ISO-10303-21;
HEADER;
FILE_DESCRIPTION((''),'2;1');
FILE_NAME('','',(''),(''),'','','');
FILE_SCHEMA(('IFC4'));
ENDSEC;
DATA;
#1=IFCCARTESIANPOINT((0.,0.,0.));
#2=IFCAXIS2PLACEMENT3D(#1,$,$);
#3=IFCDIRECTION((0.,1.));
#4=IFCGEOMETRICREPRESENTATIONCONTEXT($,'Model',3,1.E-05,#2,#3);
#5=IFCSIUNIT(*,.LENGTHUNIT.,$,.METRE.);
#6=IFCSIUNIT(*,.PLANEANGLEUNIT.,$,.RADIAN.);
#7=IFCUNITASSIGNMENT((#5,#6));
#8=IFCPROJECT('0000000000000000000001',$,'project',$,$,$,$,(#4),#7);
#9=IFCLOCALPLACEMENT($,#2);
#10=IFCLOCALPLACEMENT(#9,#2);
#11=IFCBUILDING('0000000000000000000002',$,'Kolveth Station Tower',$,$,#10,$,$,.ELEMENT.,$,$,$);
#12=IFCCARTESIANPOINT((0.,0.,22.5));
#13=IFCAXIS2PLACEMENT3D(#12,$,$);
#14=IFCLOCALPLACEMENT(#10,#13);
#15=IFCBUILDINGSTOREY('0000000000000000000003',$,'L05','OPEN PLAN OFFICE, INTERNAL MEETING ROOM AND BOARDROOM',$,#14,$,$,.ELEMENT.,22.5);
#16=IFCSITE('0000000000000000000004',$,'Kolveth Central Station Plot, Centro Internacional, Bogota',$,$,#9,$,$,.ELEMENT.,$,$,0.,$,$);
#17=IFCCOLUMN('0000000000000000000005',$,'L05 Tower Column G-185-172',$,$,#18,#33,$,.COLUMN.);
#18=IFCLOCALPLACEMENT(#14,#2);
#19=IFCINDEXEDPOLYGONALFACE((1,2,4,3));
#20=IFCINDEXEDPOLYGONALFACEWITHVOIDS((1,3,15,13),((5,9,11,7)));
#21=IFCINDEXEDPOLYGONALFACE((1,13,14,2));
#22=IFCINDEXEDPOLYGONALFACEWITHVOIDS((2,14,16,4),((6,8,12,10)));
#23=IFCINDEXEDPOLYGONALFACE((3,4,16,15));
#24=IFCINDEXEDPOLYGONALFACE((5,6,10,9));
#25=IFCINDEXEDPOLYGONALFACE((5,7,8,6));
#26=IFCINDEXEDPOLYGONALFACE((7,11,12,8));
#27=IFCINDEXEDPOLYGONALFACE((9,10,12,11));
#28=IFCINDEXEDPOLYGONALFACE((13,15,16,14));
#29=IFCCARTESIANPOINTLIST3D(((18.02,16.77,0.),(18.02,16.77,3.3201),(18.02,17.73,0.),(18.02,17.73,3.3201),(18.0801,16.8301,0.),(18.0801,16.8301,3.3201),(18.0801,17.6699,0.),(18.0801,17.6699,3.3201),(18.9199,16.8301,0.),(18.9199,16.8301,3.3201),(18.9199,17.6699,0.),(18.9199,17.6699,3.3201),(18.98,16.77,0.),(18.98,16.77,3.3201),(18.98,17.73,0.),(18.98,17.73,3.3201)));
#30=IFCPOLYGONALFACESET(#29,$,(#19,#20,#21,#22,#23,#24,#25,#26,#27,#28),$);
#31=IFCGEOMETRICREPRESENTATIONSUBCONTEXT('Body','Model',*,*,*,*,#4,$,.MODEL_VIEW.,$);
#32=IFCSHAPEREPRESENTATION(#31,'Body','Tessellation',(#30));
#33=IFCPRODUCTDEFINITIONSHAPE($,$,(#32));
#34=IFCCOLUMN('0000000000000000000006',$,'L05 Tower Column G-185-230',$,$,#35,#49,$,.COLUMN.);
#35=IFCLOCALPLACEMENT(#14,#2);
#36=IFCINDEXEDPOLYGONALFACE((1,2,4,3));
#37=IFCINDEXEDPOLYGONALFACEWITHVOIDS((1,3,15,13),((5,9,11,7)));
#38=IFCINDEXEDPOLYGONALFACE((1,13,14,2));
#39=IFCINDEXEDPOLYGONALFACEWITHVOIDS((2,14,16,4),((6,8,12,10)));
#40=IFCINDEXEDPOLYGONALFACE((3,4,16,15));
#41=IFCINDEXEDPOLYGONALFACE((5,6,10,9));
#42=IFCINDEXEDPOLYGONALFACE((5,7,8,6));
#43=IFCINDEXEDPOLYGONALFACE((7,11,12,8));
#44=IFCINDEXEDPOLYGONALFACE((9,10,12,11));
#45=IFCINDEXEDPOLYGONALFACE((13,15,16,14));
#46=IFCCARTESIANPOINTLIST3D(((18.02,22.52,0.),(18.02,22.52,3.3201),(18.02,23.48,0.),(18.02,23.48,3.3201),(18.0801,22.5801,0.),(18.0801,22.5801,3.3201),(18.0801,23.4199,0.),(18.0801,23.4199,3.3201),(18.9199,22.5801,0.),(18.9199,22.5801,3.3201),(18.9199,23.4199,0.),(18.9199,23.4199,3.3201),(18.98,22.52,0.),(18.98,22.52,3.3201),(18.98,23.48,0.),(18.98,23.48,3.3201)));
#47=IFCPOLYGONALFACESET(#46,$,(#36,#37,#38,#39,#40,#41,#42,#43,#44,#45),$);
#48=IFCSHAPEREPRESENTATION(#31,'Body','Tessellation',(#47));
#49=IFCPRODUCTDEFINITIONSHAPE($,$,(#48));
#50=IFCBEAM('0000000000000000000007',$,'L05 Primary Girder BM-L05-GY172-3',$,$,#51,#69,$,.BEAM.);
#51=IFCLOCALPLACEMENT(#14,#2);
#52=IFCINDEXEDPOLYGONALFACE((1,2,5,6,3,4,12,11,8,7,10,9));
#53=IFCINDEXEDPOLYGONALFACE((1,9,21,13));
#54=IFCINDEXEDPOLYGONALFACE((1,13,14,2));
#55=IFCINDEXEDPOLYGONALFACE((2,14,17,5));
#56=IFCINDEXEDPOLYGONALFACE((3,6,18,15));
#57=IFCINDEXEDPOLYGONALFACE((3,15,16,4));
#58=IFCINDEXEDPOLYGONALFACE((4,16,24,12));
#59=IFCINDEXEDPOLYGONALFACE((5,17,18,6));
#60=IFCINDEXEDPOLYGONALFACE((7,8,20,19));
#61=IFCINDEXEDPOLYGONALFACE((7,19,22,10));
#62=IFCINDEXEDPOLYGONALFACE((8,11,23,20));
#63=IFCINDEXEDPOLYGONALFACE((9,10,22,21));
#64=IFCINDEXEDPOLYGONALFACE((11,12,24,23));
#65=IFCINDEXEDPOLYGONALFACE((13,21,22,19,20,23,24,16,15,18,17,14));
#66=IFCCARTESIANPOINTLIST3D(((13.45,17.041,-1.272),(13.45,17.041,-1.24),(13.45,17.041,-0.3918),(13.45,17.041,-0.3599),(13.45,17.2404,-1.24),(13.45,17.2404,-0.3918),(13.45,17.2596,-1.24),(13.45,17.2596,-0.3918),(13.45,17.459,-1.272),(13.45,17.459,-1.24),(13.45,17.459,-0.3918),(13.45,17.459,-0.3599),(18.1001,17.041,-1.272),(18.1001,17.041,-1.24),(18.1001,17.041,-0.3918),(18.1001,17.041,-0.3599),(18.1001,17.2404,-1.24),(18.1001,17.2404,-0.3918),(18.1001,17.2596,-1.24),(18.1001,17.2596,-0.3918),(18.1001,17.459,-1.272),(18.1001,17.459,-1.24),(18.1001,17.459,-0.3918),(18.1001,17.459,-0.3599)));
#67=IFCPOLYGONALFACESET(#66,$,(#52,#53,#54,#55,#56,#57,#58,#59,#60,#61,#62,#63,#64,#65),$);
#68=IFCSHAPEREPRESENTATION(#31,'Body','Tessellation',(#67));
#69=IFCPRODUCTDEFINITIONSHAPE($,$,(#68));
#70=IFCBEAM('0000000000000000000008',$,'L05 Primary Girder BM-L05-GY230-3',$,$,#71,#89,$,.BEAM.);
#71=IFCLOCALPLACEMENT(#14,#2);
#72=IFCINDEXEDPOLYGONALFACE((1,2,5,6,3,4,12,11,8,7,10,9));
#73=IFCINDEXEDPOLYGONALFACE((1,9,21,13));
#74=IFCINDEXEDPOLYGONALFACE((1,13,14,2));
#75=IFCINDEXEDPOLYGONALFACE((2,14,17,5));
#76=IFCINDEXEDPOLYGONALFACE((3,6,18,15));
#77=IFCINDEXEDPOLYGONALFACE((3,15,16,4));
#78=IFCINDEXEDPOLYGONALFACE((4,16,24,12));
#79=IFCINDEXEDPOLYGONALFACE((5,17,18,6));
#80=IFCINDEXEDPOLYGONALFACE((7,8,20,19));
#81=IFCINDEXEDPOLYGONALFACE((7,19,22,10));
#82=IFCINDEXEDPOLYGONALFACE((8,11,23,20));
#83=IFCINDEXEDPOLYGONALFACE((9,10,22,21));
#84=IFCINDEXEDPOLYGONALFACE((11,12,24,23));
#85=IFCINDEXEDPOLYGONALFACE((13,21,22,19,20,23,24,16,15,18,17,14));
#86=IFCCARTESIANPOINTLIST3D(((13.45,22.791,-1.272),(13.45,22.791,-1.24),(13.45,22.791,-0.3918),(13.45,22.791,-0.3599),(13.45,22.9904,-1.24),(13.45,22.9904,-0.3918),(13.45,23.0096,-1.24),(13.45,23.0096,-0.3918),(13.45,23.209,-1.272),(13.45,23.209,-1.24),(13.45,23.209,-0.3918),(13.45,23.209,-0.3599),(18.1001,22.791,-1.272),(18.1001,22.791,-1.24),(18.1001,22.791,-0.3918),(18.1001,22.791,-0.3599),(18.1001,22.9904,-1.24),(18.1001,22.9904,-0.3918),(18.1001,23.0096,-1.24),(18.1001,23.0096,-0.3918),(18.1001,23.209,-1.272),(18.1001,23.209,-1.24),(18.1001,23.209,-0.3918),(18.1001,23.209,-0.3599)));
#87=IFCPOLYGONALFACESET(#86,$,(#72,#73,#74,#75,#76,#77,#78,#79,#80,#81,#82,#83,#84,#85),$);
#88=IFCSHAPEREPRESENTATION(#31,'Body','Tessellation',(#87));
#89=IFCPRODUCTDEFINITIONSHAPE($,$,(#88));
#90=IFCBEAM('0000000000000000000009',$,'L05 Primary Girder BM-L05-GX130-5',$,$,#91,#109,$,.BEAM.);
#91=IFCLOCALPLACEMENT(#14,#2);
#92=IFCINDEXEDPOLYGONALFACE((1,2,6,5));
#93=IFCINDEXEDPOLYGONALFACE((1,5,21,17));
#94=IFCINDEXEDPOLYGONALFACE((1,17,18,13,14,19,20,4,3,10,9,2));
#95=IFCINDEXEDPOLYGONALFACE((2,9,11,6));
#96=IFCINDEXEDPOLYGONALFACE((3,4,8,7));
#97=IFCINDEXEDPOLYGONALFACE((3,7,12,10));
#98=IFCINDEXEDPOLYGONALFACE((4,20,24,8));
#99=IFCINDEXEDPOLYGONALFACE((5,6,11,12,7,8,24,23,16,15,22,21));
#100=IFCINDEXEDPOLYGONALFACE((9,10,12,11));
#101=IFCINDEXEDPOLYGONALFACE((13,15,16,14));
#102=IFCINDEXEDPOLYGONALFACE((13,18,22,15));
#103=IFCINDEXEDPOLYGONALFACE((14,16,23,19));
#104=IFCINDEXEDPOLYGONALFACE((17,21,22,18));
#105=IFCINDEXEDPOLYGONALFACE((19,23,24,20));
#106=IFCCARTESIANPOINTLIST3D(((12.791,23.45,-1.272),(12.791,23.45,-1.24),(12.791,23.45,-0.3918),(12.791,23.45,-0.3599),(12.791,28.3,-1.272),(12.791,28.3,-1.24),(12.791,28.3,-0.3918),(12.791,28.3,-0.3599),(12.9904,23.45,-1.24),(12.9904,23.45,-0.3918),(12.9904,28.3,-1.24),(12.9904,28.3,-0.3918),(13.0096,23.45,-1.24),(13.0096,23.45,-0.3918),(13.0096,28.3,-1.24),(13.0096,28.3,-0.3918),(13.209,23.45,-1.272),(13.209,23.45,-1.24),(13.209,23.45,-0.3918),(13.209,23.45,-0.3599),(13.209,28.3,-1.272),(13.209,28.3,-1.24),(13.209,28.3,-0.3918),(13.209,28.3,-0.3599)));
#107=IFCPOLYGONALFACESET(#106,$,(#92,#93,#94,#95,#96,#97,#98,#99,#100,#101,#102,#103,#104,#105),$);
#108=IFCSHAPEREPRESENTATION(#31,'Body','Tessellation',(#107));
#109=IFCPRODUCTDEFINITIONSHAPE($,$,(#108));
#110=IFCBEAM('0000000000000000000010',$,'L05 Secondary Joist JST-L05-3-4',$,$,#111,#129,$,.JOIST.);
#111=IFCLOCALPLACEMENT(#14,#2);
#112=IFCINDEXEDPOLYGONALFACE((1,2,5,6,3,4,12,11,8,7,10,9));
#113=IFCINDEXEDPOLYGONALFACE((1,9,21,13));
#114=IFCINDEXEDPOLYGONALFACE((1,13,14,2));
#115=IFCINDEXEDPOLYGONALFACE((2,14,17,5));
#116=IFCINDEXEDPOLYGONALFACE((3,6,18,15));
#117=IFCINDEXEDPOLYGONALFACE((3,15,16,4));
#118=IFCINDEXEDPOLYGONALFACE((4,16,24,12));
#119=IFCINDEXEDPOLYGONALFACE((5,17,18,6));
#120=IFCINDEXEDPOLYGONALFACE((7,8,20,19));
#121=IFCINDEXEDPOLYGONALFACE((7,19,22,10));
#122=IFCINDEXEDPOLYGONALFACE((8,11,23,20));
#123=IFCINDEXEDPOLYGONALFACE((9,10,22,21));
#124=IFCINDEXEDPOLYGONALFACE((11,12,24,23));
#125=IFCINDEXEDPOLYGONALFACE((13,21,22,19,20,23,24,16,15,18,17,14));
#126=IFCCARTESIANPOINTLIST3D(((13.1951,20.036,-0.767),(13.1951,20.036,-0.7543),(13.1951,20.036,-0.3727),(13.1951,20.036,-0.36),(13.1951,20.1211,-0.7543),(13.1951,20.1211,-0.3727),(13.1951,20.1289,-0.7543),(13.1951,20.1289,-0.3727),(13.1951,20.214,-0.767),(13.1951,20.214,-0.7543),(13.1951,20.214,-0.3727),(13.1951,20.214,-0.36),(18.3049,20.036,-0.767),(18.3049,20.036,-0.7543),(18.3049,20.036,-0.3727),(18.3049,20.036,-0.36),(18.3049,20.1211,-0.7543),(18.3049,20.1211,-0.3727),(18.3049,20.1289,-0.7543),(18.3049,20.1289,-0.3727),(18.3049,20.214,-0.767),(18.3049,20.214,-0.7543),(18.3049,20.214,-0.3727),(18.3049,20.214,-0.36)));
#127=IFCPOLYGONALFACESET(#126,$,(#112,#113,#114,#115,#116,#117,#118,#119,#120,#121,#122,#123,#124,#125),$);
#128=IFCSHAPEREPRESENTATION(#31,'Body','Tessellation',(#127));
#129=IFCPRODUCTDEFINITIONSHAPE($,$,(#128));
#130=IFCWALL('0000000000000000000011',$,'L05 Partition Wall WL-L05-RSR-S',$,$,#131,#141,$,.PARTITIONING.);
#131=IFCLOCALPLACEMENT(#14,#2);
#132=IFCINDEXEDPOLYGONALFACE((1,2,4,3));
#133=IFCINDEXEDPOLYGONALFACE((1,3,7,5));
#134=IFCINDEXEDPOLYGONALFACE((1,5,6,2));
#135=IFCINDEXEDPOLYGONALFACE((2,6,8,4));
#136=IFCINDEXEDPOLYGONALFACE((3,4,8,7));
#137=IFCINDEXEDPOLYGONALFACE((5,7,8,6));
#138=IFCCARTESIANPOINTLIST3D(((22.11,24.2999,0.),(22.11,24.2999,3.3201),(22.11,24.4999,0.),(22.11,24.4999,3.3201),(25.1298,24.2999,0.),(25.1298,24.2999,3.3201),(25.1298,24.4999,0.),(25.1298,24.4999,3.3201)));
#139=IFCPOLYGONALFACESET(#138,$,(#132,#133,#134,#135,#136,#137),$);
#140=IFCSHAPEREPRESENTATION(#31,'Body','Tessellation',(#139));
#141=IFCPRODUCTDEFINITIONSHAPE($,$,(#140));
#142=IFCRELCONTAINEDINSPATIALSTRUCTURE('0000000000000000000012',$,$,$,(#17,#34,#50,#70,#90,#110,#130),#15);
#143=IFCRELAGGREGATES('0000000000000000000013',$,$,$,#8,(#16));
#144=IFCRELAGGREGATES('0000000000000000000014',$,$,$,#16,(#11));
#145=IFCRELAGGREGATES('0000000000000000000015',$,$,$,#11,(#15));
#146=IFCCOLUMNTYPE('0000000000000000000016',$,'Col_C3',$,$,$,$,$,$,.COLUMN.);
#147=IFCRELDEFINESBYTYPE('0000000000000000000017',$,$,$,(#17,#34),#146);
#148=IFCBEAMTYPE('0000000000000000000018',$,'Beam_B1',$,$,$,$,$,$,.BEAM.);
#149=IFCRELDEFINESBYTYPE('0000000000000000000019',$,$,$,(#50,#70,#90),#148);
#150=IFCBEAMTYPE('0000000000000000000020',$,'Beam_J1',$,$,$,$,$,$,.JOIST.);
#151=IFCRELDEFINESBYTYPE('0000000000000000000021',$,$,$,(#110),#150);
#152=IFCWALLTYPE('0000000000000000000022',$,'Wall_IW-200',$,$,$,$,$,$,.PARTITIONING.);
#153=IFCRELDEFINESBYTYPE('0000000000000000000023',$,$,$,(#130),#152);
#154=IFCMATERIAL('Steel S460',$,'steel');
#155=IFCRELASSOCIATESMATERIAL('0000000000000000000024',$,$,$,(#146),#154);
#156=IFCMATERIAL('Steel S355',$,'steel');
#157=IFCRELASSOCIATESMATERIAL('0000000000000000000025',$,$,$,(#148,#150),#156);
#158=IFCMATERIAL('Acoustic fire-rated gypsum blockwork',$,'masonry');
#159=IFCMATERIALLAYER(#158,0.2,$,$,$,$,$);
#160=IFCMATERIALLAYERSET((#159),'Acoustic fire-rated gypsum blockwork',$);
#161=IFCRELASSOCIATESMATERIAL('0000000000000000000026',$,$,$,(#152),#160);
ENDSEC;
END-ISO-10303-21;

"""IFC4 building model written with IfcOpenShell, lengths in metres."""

from ifc_helpers import new_model, si_unit, direction, frame, frame_2d, origin, origin_2d, place, context, subcontext, project, spatial, rectangle, hollow_rectangle, i_section, extrude, source, transform, mapped, material, layer, layer_set, material_profile, profile_set, type_object, element, save


model = new_model("IFC4")

# Units and contexts
model_context = context("Model", 3, precision=1e-05, world=origin(), true_north=direction((0.0, 1.0)))
body_context = subcontext(model_context, "Body", "Model", "MODEL_VIEW")
ifc_project = project(units=[si_unit("LENGTHUNIT", "METRE"), si_unit("PLANEANGLEUNIT", "RADIAN")], contexts=[model_context])

# Site, building, storey
site_placement = place(None, origin())
site = spatial("IfcSite", under=ifc_project, at=site_placement, Name="Kolveth Central Station Plot, Centro Internacional, Bogota", CompositionType="ELEMENT", RefElevation=0.0)
building_placement = place(site_placement, origin())
building = spatial("IfcBuilding", under=site, at=building_placement, Name="Kolveth Station Tower", CompositionType="ELEMENT")
storey_placement = place(building_placement, frame((0.0, 0.0, 22.5)))
storey = spatial("IfcBuildingStorey", under=building, at=storey_placement, Name="L05", Description="OPEN PLAN OFFICE, INTERNAL MEETING ROOM AND BOARDROOM", CompositionType="ELEMENT", Elevation=22.5)

# Columns
ifc_material_1 = material(Name="Steel S460", Category="steel")
ifc_material_profile_1 = material_profile(ifc_material_1, hollow_rectangle(XDim=0.96, YDim=0.96, WallThickness=0.0601, at=origin_2d()), Name="BOX960x960x60")
ifc_profile_set_1 = profile_set([ifc_material_profile_1], Name="Steel S460")
column_type = type_object("IfcColumnType", Name="Col_C3", PredefinedType="COLUMN", material=ifc_profile_set_1)
shared_shape_1 = source(origin(), body_context, "Body", "SweptSolid", [
    extrude(hollow_rectangle(XDim=0.96, YDim=0.96, WallThickness=0.0601, at=origin_2d()), origin(), (0.0, 0.0, 1.0), 3.3201),
])
for number, where, z_axis, x_axis, name in (
    (1, (18.5, 17.25, 0.0), (0.0, 0.0, 1.0), (1.0, 0.0, 0.0), "L05 Tower Column G-185-172"),
    (2, (18.5, 23.0, 0.0), (0.0, 0.0, 1.0), (1.0, 0.0, 0.0), "L05 Tower Column G-185-230"),
):
    element("IfcColumn", number, at=place(storey_placement, frame(where, z_axis=z_axis, x_axis=x_axis)), inside=storey, type_object=column_type, Name=name, PredefinedType="COLUMN", context=body_context, shape_type="MappedRepresentation", body=[
        mapped(shared_shape_1, transform((0.0, 0.0, 0.0), x_axis=(1.0, 0.0, 0.0), y_axis=(0.0, 1.0, 0.0), z_axis=(0.0, 0.0, 1.0), scale=1.0)),
    ])

# Beams
ifc_material_2 = material(Name="Steel S355", Category="steel")
ifc_material_profile_2 = material_profile(ifc_material_2, i_section(OverallWidth=0.418, OverallDepth=0.9121, WebThickness=0.0193, FlangeThickness=0.032, at=origin_2d()), Name="W920x342")
ifc_profile_set_2 = profile_set([ifc_material_profile_2], Name="Steel S355")
beam_type_1 = type_object("IfcBeamType", Name="Beam_B1", PredefinedType="BEAM", material=ifc_profile_set_2)
shared_shape_2 = source(origin(), body_context, "Body", "SweptSolid", [
    extrude(i_section(OverallWidth=0.418, OverallDepth=0.9121, WebThickness=0.0193, FlangeThickness=0.032, at=origin_2d()), origin(), (0.0, 0.0, 1.0), 4.6501),
])
for number, where, z_axis, x_axis, name in (
    (3, (13.45, 17.25, -0.8159), (1.0, 0.0, 0.0), (0.0, 1.0, 0.0), "L05 Primary Girder BM-L05-GY172-3"),
    (4, (13.45, 23.0, -0.8159), (1.0, 0.0, 0.0), (0.0, 1.0, 0.0), "L05 Primary Girder BM-L05-GY230-3"),
):
    element("IfcBeam", number, at=place(storey_placement, frame(where, z_axis=z_axis, x_axis=x_axis)), inside=storey, type_object=beam_type_1, Name=name, PredefinedType="BEAM", context=body_context, shape_type="MappedRepresentation", body=[
        mapped(shared_shape_2, transform((0.0, 0.0, 0.0), x_axis=(1.0, 0.0, 0.0), y_axis=(0.0, 1.0, 0.0), z_axis=(0.0, 0.0, 1.0), scale=1.0)),
    ])
shared_shape_3 = source(origin(), body_context, "Body", "SweptSolid", [
    extrude(i_section(OverallWidth=0.418, OverallDepth=0.9121, WebThickness=0.0193, FlangeThickness=0.032, at=origin_2d()), origin(), (0.0, 0.0, 1.0), 4.8501),
])
beam_1_placement = place(storey_placement, frame((13.0, 23.45, -0.8159), z_axis=(0.0, 1.0, 0.0), x_axis=(-1.0, 0.0, 0.0)))
element("IfcBeam", 5, at=beam_1_placement, inside=storey, type_object=beam_type_1, Name="L05 Primary Girder BM-L05-GX130-5", PredefinedType="BEAM", context=body_context, shape_type="MappedRepresentation", body=[
    mapped(shared_shape_3, transform((0.0, 0.0, 0.0), x_axis=(1.0, 0.0, 0.0), y_axis=(0.0, 1.0, 0.0), z_axis=(0.0, 0.0, 1.0), scale=1.0)),
])
ifc_material_profile_3 = material_profile(ifc_material_2, i_section(OverallWidth=0.178, OverallDepth=0.407, WebThickness=0.0078, FlangeThickness=0.0127, at=origin_2d()), Name="W410x60")
ifc_profile_set_3 = profile_set([ifc_material_profile_3], Name="Steel S355")
beam_type_2 = type_object("IfcBeamType", Name="Beam_J1", PredefinedType="JOIST", material=ifc_profile_set_3)
shared_shape_4 = source(origin(), body_context, "Body", "SweptSolid", [
    extrude(i_section(OverallWidth=0.178, OverallDepth=0.407, WebThickness=0.0078, FlangeThickness=0.0127, at=origin_2d()), origin(), (0.0, 0.0, 1.0), 5.1099),
])
beam_2_placement = place(storey_placement, frame((13.1951, 20.125, -0.5635), z_axis=(1.0, 0.0, 0.0), x_axis=(0.0, 1.0, 0.0)))
element("IfcBeam", 6, at=beam_2_placement, inside=storey, type_object=beam_type_2, Name="L05 Secondary Joist JST-L05-3-4", PredefinedType="JOIST", context=body_context, shape_type="MappedRepresentation", body=[
    mapped(shared_shape_4, transform((0.0, 0.0, 0.0), x_axis=(1.0, 0.0, 0.0), y_axis=(0.0, 1.0, 0.0), z_axis=(0.0, 0.0, 1.0), scale=1.0)),
])

# Wall
ifc_material_3 = material(Name="Acoustic fire-rated gypsum blockwork", Category="masonry")
ifc_layer_1 = layer(ifc_material_3, 0.2)
ifc_layer_set_1 = layer_set([ifc_layer_1], Name="Acoustic fire-rated gypsum blockwork")
wall_type_1 = type_object("IfcWallType", Name="Wall_IW-200", PredefinedType="PARTITIONING", material=ifc_layer_set_1)
wall_1_placement = place(storey_placement, frame((22.1101, 24.3999, 0.0), z_axis=(0.0, 0.0, 1.0), x_axis=(1.0, 0.0, 0.0)))
element("IfcWall", 7, at=wall_1_placement, inside=storey, type_object=wall_type_1, Name="L05 Partition Wall WL-L05-RSR-S", PredefinedType="PARTITIONING", context=body_context, shape_type="SweptSolid", body=[
    extrude(rectangle(XDim=3.0198, YDim=0.2, at=frame_2d((1.5098, 0.0))), origin(), (0.0, 0.0, 1.0), 3.3201),
])

save(model, "model.ifc")
